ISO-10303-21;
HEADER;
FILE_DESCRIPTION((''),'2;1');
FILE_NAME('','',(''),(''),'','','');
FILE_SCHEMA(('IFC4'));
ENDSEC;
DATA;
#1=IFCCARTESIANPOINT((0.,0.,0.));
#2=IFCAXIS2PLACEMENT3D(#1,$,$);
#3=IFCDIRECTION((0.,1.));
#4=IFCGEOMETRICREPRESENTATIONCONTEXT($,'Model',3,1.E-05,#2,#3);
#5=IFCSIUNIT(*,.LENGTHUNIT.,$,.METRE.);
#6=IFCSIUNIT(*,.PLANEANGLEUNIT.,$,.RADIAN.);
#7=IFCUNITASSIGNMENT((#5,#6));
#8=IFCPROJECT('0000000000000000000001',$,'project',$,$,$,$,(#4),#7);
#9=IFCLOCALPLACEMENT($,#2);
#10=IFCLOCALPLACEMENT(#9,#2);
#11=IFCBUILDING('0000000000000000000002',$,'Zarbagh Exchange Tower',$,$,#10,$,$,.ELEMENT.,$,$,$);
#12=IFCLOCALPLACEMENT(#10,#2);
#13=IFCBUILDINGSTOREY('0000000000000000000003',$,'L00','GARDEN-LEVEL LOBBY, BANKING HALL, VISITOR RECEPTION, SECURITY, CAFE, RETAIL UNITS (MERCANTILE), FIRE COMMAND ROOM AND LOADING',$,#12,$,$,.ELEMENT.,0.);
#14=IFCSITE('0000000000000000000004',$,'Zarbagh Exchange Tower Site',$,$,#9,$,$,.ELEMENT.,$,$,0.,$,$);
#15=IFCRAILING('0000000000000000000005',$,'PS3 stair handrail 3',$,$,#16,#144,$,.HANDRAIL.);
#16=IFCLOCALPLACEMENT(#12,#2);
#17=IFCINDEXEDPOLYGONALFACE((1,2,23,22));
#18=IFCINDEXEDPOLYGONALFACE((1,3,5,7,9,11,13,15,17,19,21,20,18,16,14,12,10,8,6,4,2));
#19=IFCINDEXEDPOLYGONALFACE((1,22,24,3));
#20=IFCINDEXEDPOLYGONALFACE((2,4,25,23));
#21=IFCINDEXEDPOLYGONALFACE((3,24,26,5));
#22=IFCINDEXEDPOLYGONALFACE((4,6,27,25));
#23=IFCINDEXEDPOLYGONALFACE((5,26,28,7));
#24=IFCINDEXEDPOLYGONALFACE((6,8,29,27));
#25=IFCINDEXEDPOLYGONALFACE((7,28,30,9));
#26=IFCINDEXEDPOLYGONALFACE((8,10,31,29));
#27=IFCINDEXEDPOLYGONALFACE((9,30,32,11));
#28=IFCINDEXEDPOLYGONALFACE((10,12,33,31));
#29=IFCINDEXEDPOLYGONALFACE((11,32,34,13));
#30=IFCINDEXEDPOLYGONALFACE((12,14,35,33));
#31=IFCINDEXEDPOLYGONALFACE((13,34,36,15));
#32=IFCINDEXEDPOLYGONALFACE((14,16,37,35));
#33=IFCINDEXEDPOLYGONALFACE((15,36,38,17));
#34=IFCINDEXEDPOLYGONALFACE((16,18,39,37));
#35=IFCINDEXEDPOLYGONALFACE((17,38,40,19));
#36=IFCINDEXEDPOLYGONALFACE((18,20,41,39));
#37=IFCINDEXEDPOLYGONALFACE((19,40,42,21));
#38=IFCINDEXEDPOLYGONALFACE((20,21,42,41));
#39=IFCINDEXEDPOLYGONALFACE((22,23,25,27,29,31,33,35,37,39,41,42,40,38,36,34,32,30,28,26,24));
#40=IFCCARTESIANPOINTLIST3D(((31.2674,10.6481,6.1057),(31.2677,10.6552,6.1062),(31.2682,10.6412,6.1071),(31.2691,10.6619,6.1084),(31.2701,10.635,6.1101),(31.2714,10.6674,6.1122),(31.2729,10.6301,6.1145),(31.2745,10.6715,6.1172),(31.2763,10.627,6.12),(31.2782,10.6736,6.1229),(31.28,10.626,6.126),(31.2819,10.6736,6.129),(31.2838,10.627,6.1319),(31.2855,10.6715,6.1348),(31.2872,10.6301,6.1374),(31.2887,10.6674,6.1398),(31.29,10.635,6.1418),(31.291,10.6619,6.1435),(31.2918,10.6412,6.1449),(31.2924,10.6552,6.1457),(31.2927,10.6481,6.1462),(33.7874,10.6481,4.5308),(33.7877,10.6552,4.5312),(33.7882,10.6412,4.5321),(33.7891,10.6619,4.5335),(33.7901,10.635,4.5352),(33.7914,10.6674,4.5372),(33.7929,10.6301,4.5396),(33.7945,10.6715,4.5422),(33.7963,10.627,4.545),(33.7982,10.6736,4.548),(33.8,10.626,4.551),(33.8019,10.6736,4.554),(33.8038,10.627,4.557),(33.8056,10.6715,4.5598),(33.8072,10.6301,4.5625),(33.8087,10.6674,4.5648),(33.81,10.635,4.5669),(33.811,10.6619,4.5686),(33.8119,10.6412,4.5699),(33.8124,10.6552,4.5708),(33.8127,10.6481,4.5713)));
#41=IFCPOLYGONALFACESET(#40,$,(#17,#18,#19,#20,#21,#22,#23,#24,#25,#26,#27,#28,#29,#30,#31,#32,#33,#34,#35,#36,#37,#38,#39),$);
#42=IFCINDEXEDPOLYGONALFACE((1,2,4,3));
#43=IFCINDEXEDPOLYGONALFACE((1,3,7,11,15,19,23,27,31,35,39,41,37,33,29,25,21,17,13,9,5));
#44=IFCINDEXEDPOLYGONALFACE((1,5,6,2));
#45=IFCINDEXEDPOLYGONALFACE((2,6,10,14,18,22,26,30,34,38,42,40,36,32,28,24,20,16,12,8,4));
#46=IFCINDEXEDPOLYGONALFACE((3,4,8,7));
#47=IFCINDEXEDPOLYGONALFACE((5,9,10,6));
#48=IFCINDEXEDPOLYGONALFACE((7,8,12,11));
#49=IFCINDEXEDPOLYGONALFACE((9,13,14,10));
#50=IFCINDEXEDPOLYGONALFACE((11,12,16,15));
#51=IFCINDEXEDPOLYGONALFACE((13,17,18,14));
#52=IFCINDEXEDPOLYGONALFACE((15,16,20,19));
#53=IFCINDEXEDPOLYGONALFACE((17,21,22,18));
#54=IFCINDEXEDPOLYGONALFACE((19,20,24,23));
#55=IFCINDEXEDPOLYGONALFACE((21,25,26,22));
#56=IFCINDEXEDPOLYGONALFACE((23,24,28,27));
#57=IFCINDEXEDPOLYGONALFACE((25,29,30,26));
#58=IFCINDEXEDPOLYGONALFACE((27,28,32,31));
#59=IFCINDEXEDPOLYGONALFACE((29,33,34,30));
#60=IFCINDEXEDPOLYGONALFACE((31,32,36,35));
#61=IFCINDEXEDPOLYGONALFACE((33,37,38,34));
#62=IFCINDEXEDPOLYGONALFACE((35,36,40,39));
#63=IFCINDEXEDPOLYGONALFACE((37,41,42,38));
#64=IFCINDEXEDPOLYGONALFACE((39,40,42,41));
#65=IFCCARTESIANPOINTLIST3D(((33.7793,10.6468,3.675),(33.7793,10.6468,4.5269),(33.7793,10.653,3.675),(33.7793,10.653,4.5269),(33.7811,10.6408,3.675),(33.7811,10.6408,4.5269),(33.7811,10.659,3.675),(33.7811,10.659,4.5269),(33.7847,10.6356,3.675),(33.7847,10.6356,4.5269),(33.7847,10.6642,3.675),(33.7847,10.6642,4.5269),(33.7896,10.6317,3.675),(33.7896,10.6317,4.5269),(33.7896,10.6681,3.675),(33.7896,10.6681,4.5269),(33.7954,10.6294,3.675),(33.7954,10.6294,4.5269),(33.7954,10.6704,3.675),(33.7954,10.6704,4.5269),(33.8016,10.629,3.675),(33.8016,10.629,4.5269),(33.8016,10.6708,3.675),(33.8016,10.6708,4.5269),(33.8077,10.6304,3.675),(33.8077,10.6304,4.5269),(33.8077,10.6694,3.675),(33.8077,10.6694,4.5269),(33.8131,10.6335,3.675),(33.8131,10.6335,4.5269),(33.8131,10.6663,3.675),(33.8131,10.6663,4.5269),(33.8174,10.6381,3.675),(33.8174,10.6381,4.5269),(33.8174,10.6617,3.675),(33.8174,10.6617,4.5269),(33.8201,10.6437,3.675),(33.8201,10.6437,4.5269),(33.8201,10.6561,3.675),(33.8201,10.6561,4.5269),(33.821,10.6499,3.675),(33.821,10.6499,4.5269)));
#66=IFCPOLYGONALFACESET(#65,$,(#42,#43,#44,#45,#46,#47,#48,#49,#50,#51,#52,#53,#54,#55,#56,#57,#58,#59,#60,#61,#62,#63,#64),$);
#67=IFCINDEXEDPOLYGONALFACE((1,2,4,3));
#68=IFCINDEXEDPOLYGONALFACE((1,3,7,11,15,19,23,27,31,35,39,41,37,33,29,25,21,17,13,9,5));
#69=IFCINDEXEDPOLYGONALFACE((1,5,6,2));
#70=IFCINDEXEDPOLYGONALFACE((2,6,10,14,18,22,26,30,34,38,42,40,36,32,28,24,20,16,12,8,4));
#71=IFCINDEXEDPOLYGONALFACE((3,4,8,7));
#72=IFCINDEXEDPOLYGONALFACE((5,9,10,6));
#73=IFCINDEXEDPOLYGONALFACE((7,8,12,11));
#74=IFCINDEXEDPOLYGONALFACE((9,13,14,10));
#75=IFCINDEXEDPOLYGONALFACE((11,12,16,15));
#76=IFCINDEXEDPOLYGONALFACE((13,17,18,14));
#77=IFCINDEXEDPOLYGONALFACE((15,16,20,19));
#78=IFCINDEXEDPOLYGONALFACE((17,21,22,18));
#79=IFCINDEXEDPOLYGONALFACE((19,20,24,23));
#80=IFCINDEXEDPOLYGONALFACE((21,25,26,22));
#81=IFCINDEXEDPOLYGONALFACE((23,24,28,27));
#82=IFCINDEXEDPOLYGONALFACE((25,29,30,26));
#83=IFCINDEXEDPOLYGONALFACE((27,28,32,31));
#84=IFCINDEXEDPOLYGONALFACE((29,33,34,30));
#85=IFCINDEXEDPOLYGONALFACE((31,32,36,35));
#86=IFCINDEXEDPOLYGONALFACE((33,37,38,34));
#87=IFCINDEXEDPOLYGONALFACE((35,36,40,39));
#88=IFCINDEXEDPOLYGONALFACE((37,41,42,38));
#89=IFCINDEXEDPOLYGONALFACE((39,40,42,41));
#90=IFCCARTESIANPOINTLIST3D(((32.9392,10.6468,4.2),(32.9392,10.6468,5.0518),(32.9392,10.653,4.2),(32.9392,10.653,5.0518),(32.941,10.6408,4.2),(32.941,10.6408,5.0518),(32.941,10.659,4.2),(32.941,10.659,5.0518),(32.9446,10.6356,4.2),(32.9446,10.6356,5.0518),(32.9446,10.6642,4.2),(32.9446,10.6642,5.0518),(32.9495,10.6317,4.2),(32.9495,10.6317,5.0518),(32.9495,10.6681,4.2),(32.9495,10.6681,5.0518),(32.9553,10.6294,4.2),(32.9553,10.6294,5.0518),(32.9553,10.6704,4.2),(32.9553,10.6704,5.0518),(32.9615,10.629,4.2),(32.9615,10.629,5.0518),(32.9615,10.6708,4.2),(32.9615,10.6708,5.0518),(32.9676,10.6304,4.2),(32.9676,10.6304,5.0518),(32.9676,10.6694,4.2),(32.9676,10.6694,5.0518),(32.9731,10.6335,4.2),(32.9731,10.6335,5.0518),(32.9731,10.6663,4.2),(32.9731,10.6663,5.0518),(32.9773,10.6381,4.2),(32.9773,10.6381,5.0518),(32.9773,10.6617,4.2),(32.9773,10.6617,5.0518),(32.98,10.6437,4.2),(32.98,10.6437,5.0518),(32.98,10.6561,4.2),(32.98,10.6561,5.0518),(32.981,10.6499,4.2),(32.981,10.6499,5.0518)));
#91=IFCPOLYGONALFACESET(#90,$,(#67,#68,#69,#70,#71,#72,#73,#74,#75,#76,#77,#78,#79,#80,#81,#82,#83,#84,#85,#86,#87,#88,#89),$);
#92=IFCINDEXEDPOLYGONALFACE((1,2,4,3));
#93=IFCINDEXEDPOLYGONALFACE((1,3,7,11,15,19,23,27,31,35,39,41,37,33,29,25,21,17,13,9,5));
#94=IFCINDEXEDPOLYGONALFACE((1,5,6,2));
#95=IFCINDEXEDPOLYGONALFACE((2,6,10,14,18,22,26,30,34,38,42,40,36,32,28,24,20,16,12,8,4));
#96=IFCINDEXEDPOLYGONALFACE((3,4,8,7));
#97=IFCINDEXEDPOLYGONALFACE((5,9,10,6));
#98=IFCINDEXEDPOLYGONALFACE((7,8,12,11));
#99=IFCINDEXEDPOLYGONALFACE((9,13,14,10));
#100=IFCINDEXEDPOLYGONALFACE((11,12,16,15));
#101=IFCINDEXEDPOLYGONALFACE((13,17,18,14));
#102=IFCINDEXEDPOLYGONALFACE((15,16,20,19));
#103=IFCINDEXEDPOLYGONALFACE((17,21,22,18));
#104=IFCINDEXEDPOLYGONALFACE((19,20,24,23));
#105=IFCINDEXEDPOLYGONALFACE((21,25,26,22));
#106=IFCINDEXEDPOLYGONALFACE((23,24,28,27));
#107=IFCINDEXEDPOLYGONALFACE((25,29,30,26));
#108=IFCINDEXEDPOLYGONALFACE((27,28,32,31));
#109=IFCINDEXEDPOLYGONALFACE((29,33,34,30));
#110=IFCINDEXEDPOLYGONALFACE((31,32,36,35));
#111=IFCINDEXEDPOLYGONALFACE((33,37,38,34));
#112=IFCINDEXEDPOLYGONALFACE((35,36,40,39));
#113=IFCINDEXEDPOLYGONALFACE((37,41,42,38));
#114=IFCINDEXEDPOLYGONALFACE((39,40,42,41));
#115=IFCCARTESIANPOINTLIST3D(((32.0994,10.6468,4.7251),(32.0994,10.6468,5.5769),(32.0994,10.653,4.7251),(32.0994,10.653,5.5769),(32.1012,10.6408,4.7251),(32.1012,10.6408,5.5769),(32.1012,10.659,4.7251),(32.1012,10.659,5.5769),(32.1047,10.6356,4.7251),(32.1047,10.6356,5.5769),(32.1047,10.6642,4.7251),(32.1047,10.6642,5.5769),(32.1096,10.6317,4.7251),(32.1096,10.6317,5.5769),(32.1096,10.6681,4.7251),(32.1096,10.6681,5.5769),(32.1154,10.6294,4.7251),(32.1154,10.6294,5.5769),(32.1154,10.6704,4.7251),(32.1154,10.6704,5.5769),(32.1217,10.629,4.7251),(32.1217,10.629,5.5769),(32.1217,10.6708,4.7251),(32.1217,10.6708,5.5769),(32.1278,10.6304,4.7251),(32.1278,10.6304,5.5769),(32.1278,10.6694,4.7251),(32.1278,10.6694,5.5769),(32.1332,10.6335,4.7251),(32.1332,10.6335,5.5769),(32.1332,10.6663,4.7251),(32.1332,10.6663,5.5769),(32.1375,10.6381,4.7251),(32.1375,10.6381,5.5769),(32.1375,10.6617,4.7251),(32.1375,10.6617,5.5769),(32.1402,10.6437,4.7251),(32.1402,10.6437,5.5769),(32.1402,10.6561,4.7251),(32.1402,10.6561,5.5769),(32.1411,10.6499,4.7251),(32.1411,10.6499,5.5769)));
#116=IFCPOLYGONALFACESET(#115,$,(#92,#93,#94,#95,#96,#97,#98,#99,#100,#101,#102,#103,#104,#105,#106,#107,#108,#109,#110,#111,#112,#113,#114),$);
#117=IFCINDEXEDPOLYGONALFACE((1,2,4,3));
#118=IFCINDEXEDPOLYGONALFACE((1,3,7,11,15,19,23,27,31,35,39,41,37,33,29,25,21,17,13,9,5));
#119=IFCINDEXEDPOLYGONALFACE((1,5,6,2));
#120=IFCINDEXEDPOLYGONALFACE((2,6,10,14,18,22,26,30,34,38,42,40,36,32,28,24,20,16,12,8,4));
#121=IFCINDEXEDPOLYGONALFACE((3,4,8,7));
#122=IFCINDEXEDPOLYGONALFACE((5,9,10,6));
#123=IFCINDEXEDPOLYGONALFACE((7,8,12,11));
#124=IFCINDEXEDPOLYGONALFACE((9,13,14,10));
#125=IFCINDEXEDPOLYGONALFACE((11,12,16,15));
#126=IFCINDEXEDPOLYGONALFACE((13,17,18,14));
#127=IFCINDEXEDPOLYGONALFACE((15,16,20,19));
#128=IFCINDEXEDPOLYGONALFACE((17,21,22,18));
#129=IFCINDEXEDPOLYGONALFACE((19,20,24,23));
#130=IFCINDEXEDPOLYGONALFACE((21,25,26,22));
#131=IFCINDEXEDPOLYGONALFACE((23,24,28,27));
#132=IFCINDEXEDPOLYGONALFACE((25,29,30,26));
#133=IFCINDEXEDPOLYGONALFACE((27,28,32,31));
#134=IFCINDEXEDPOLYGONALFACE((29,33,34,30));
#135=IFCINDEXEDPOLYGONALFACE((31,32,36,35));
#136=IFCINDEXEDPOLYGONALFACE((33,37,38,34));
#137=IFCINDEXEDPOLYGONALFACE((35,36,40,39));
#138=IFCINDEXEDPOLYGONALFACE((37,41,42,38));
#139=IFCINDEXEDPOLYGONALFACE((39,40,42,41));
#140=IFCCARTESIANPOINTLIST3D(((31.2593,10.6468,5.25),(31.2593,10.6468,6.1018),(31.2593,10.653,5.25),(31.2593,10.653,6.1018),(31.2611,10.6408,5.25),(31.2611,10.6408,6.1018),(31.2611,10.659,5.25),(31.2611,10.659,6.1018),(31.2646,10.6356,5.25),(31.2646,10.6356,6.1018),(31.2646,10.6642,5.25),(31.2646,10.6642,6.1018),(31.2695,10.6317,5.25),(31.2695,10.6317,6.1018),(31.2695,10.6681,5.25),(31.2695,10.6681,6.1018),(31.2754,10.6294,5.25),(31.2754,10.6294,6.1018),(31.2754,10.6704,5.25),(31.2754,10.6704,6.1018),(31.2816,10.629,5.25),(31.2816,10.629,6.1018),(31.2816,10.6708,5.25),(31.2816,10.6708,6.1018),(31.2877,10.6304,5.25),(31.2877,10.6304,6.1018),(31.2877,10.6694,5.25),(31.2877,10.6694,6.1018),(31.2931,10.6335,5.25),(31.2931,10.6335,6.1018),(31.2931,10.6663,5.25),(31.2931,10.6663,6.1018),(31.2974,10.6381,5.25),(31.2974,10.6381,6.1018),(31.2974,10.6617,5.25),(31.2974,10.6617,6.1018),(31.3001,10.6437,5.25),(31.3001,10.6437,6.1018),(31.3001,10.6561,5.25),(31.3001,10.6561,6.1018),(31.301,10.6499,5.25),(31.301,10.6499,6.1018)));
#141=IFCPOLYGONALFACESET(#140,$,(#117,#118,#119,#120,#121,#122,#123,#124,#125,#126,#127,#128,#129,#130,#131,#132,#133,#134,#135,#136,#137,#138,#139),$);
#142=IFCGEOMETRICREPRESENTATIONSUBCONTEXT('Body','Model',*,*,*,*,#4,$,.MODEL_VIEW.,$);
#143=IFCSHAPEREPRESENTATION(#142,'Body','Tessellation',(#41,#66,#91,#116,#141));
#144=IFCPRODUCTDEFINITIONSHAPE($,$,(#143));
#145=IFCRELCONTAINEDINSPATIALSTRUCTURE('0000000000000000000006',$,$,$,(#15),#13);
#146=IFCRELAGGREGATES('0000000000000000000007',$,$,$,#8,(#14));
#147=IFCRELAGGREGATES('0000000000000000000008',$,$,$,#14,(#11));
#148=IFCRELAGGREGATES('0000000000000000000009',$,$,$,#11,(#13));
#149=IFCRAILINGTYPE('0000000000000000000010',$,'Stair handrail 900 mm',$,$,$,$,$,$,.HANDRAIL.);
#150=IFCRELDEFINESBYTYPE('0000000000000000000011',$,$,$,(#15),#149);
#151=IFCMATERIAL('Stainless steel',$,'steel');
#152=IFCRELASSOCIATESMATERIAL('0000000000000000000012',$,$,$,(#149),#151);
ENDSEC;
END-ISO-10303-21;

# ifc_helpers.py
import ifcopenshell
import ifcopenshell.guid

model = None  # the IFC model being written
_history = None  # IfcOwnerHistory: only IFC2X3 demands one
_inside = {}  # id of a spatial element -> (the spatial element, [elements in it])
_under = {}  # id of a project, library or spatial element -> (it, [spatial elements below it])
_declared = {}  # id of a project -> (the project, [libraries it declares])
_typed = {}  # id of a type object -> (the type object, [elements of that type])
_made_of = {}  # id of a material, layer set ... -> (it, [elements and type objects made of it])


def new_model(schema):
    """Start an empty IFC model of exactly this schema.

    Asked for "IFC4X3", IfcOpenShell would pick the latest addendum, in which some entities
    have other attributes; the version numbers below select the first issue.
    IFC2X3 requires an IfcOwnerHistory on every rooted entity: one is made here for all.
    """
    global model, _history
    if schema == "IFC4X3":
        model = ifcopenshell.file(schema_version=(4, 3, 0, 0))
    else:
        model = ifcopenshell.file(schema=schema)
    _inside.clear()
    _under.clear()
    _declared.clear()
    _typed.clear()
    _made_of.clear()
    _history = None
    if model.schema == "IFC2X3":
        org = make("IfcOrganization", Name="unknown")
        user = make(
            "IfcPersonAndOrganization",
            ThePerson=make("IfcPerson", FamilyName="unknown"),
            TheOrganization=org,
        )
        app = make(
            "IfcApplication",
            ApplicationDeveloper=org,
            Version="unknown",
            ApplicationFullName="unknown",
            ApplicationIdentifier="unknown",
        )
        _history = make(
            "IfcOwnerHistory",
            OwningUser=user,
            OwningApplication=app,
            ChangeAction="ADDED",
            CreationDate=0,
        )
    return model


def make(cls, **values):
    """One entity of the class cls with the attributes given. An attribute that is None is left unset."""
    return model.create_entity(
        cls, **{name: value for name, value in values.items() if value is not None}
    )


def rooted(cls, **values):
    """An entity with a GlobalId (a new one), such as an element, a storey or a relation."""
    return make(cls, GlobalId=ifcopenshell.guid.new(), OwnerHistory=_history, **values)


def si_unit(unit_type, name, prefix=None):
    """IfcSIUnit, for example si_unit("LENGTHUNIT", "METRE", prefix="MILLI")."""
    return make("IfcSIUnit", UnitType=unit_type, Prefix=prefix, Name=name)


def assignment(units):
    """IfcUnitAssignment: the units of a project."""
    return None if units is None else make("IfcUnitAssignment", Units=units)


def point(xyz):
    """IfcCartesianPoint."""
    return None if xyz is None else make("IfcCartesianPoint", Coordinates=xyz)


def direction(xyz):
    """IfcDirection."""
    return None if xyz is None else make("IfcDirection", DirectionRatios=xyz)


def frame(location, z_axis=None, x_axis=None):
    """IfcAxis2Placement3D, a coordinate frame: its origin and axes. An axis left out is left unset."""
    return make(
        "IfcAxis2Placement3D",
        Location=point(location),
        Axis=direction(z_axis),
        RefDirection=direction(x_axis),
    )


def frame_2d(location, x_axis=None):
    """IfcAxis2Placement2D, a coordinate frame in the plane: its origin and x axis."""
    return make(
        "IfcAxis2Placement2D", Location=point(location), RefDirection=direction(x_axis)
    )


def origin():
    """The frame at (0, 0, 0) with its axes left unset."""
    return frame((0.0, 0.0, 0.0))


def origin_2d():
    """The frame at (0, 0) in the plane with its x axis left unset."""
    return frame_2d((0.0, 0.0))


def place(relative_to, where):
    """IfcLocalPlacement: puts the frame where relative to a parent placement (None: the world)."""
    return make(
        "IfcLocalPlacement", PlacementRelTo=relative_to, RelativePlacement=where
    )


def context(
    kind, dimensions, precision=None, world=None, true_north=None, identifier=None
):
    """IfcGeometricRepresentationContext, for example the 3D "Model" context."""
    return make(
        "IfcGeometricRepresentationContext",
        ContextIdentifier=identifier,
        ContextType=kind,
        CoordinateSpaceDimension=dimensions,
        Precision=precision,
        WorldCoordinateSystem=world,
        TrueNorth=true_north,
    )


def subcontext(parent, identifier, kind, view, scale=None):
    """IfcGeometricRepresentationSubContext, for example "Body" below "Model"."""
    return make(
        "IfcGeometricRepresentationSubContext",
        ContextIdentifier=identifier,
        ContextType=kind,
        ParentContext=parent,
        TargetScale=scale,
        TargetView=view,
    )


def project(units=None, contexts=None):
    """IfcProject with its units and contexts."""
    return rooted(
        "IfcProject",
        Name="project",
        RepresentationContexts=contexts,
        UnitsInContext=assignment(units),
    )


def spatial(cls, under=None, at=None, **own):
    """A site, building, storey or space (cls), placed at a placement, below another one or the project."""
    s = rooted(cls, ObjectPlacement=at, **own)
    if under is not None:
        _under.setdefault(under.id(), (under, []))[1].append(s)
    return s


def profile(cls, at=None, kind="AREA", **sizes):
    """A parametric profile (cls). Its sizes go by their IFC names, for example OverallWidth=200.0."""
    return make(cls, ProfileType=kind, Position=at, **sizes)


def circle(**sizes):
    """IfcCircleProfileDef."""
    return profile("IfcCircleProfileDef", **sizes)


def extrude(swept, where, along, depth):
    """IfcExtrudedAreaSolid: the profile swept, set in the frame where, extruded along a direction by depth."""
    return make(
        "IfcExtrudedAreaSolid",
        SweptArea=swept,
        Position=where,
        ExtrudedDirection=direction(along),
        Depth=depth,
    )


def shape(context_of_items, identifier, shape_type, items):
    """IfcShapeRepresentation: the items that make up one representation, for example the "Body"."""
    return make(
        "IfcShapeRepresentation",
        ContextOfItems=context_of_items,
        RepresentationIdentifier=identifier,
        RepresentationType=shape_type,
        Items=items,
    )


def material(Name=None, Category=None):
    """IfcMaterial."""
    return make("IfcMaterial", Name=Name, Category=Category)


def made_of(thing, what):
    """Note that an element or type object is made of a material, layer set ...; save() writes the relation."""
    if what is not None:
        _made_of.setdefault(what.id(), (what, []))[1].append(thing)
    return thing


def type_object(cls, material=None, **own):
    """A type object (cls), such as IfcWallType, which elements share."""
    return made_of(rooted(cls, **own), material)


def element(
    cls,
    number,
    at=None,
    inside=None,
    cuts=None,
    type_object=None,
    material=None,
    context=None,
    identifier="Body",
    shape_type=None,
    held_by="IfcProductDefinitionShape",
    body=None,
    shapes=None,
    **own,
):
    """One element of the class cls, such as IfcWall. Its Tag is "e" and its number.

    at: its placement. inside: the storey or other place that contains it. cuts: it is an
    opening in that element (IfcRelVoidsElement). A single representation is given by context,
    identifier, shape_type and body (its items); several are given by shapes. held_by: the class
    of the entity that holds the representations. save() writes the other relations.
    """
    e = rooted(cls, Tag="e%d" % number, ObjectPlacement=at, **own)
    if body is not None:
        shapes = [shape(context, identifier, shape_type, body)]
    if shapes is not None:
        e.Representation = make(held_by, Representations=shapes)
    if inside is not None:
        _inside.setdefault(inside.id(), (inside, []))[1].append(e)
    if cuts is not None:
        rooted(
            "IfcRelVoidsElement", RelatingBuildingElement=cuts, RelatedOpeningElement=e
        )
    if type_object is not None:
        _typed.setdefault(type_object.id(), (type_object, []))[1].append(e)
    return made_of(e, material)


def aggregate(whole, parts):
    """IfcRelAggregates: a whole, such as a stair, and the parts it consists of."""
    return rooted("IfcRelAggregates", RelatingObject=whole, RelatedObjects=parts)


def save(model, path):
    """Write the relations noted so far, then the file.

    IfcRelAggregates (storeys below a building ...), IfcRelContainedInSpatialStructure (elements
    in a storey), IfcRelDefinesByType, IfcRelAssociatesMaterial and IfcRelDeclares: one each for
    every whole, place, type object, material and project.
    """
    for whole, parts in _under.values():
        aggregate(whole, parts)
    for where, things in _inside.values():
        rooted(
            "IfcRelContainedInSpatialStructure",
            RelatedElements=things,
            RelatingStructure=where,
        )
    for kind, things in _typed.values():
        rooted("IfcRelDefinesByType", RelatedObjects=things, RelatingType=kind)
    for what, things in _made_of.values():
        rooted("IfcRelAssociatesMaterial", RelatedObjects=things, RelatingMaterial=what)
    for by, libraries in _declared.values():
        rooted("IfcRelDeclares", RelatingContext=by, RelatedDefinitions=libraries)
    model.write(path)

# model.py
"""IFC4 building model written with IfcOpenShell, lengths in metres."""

from ifc_helpers import new_model, si_unit, direction, frame, origin, origin_2d, place, context, subcontext, project, spatial, circle, extrude, material, type_object, element, save


model = new_model("IFC4")

# Units and contexts
model_context = context("Model", 3, precision=1e-05, world=origin(), true_north=direction((0.0, 1.0)))
body_context = subcontext(model_context, "Body", "Model", "MODEL_VIEW")
ifc_project = project(units=[si_unit("LENGTHUNIT", "METRE"), si_unit("PLANEANGLEUNIT", "RADIAN")], contexts=[model_context])

# Site, building, storey
site_placement = place(None, origin())
site = spatial("IfcSite", under=ifc_project, at=site_placement, Name="Zarbagh Exchange Tower Site", CompositionType="ELEMENT", RefElevation=0.0)
building_placement = place(site_placement, origin())
building = spatial("IfcBuilding", under=site, at=building_placement, Name="Zarbagh Exchange Tower", CompositionType="ELEMENT")
storey_placement = place(building_placement, origin())
storey = spatial("IfcBuildingStorey", under=building, at=storey_placement, Name="L00", Description="GARDEN-LEVEL LOBBY, BANKING HALL, VISITOR RECEPTION, SECURITY, CAFE, RETAIL UNITS (MERCANTILE), FIRE COMMAND ROOM AND LOADING", CompositionType="ELEMENT", Elevation=0.0)

# Railing
ifc_material_1 = material(Name="Stainless steel", Category="steel")
railing_type = type_object("IfcRailingType", Name="Stair handrail 900 mm", PredefinedType="HANDRAIL", material=ifc_material_1)
railing_placement = place(storey_placement, frame((33.8, 10.6499, 3.675)))
element("IfcRailing", 1, at=railing_placement, inside=storey, type_object=railing_type, Name="PS3 stair handrail 3", PredefinedType="HANDRAIL", context=body_context, shape_type="SweptSolid", body=[
    extrude(circle(Radius=0.0239, at=origin_2d()), frame((0.0, 0.0, 0.876), z_axis=(-0.848008, 0.0, 0.529984), x_axis=(0.0, -1.0, 0.0)), (0.0, 0.0, 1.0), 2.9717),
    extrude(circle(Radius=0.021, at=origin_2d()), origin(), (0.0, 0.0, 1.0), 0.8518),
    extrude(circle(Radius=0.021, at=origin_2d()), frame((-0.8401, 0.0, 0.5249)), (0.0, 0.0, 1.0), 0.8518),
    extrude(circle(Radius=0.021, at=origin_2d()), frame((-1.6799, 0.0, 1.05)), (0.0, 0.0, 1.0), 0.8518),
    extrude(circle(Radius=0.021, at=origin_2d()), frame((-2.52, 0.0, 1.575)), (0.0, 0.0, 1.0), 0.8518),
])

save(model, "model.ifc")
